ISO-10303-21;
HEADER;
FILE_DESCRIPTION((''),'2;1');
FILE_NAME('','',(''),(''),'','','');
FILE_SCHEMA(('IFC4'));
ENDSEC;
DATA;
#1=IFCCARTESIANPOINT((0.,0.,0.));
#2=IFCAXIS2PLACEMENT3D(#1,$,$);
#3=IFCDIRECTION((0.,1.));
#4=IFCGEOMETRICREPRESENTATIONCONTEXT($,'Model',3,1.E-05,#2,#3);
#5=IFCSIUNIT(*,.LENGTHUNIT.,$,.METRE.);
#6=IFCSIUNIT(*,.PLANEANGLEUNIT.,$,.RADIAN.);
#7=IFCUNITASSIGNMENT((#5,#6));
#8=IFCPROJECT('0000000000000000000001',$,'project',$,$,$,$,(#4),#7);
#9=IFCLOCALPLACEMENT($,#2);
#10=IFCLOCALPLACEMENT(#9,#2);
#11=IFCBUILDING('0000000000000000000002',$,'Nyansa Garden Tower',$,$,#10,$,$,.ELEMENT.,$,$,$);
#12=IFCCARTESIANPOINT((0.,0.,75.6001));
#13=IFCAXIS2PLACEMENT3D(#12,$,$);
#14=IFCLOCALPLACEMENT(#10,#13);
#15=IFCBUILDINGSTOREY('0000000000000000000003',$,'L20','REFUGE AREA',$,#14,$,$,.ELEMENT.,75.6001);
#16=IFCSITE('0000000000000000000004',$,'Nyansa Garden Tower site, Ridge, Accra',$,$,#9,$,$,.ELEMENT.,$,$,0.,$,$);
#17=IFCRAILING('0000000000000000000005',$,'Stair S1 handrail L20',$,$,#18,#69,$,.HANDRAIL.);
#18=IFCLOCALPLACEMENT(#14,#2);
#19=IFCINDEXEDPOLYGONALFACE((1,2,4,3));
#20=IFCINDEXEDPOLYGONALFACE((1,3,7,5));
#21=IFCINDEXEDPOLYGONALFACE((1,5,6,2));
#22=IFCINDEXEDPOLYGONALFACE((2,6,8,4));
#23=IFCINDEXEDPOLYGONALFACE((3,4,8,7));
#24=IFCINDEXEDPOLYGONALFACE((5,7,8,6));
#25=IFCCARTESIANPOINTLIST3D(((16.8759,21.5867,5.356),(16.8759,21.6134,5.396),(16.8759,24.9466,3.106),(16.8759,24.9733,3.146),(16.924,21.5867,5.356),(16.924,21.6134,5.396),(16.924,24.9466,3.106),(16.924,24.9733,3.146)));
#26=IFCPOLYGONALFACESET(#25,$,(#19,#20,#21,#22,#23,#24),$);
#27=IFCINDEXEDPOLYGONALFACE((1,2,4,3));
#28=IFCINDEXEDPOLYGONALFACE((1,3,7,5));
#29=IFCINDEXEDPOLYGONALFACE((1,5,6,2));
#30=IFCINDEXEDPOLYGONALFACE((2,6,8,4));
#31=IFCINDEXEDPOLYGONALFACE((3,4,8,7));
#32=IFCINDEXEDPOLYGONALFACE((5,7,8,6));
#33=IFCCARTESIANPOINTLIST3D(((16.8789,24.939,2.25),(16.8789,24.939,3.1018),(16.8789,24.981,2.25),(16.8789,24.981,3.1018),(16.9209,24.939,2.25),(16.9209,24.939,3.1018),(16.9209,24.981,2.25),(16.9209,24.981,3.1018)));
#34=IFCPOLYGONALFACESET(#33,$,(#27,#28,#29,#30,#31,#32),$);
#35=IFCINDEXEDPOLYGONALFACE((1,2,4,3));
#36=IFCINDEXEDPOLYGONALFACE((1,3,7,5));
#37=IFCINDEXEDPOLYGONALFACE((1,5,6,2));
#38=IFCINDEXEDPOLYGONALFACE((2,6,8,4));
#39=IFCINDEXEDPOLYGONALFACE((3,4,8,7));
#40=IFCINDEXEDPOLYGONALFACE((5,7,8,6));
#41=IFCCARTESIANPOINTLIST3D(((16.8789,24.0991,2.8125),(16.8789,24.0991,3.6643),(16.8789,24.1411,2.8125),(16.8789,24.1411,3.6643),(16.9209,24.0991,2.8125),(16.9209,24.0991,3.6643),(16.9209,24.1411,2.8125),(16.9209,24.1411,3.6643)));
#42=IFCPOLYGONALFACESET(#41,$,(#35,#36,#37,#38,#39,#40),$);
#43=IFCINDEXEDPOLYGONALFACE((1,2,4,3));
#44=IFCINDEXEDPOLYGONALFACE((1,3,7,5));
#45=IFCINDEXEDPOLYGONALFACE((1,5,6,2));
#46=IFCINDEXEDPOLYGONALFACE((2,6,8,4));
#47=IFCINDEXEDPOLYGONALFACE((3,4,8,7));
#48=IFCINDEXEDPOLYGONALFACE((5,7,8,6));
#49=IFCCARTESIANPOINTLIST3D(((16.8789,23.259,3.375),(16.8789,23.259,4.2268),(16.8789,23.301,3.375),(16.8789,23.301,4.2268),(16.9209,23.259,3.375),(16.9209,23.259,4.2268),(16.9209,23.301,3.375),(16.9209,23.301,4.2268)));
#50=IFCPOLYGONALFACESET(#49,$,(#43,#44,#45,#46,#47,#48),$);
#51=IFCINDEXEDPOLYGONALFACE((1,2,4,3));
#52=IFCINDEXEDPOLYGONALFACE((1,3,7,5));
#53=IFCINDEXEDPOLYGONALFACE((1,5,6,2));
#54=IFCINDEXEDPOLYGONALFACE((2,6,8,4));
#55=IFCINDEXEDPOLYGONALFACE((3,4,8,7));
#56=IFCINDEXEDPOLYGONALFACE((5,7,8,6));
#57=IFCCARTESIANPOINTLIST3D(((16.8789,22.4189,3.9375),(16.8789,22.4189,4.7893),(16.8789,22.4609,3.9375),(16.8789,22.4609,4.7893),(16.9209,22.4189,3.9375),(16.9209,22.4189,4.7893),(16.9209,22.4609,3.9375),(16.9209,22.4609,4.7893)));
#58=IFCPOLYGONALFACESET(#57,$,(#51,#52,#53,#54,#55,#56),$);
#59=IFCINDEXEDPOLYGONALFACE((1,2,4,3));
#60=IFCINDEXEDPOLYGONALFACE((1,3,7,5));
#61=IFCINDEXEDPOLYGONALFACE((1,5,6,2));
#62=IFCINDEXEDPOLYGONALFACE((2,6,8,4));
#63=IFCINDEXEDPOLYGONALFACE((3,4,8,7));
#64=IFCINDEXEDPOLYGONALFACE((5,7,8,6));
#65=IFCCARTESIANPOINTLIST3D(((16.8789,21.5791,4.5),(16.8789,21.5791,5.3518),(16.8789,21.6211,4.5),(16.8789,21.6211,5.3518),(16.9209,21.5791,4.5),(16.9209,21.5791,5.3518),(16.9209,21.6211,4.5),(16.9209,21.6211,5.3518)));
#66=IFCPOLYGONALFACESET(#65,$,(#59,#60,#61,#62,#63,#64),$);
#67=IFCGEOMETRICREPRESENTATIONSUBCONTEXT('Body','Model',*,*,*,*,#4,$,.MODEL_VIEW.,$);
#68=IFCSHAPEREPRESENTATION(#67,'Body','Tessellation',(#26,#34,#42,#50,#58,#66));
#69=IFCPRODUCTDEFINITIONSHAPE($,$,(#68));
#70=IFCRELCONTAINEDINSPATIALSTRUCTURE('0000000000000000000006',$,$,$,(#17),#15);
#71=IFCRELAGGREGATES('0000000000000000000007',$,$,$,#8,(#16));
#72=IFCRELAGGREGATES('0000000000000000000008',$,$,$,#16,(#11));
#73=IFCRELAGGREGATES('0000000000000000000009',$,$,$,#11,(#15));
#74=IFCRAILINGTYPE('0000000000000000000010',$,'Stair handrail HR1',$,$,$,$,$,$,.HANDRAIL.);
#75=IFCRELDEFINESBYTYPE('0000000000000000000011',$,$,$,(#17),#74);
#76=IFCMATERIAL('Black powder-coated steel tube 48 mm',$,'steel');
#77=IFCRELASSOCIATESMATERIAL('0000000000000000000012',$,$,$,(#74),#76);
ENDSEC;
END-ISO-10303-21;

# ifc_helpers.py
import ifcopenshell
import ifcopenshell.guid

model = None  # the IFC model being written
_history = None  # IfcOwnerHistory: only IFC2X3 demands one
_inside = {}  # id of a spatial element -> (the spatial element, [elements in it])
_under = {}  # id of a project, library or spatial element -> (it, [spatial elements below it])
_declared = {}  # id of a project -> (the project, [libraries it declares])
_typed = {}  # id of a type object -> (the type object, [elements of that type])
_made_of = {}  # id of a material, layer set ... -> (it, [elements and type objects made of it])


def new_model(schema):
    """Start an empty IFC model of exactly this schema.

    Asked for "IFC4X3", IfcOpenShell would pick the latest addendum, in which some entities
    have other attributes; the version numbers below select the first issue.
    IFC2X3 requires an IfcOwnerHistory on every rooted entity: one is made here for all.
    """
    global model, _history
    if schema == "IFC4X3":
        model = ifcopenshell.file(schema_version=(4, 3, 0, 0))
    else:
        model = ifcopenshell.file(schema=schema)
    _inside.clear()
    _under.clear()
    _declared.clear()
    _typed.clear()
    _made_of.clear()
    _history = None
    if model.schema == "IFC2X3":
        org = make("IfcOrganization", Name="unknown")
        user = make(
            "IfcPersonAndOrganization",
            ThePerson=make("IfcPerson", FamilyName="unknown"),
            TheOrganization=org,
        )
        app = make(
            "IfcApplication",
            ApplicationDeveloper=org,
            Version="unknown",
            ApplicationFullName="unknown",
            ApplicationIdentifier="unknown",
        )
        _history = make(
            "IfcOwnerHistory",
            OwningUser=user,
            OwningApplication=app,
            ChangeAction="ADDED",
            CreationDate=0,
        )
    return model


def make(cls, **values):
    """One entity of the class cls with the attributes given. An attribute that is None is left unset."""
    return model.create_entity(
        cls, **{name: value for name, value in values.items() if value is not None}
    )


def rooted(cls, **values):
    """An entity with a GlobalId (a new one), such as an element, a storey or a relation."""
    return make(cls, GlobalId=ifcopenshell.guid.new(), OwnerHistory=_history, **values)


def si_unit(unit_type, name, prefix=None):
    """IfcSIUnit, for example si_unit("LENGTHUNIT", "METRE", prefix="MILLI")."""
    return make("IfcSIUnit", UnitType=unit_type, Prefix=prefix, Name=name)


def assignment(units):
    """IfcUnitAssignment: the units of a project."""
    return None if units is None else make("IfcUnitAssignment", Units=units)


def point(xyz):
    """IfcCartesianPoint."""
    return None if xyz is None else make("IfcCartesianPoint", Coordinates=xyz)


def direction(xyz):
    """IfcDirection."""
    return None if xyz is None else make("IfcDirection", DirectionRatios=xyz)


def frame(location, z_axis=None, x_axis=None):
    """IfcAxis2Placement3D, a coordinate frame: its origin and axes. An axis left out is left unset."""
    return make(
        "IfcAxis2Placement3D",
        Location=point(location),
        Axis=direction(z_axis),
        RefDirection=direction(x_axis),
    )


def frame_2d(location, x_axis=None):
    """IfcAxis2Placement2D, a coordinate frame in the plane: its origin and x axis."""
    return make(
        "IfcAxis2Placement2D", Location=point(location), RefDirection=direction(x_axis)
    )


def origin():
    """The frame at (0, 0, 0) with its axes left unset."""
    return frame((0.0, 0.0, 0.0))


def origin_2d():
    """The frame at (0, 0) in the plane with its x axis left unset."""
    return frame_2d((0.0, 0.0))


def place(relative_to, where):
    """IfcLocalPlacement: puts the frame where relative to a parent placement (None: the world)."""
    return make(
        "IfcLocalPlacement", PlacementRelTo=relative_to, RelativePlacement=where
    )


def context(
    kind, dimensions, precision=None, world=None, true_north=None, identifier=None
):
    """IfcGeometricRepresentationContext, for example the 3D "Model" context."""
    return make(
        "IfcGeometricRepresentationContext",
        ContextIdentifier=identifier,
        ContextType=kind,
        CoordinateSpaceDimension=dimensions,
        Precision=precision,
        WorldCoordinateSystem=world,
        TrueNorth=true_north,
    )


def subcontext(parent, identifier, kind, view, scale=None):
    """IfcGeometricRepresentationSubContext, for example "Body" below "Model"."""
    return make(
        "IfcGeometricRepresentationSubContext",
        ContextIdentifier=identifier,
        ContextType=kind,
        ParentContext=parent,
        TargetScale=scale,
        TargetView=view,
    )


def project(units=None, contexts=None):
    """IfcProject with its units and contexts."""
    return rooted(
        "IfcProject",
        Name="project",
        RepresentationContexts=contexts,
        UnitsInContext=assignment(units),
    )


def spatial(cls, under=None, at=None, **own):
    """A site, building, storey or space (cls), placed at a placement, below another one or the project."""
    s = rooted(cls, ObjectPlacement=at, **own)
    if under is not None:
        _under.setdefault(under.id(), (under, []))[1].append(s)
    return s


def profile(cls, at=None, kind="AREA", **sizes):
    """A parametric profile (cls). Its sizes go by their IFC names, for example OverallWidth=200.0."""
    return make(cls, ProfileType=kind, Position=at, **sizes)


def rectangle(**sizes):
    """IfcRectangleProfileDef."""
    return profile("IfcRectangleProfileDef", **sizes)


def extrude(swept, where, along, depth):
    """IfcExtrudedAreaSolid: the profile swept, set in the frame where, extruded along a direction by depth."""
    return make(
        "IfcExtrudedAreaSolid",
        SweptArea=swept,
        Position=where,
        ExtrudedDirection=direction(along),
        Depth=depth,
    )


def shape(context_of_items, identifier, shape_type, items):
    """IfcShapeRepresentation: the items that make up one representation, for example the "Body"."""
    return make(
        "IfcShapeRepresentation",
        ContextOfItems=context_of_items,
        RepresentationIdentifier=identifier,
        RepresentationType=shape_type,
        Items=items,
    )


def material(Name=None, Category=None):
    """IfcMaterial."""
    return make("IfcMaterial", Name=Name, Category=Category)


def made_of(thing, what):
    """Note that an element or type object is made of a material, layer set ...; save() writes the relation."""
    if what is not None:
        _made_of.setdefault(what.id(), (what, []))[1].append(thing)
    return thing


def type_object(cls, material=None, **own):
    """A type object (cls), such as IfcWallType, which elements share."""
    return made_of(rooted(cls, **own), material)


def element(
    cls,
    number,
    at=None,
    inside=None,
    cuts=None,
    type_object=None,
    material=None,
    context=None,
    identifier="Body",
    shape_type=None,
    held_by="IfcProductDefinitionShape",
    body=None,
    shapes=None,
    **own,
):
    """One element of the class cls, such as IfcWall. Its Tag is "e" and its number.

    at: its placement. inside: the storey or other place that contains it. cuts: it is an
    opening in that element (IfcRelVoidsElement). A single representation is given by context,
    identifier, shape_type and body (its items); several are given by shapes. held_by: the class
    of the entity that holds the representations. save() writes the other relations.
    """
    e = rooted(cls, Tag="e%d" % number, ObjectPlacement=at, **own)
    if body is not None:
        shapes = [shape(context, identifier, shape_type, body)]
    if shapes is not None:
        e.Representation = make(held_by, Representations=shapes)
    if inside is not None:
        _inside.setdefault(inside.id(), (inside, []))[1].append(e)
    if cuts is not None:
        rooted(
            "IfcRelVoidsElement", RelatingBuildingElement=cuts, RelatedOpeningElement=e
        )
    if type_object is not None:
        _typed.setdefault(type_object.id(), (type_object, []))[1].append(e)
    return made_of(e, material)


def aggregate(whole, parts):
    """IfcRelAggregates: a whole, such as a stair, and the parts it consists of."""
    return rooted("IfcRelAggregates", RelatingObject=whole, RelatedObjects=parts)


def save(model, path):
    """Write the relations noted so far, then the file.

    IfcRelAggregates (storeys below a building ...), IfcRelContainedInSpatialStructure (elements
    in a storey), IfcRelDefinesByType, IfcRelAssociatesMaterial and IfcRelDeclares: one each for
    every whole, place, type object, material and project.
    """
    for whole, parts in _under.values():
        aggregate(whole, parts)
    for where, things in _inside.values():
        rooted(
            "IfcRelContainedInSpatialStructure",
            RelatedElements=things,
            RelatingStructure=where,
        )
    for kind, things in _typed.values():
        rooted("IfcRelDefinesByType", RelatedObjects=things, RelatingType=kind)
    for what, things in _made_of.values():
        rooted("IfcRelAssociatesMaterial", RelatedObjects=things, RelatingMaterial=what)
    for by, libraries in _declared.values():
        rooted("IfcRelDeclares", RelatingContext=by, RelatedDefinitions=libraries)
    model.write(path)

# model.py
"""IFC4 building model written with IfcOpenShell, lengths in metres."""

from ifc_helpers import new_model, si_unit, direction, frame, origin, origin_2d, place, context, subcontext, project, spatial, rectangle, extrude, material, type_object, element, save


model = new_model("IFC4")

# Units and contexts
model_context = context("Model", 3, precision=1e-05, world=origin(), true_north=direction((0.0, 1.0)))
body_context = subcontext(model_context, "Body", "Model", "MODEL_VIEW")
ifc_project = project(units=[si_unit("LENGTHUNIT", "METRE"), si_unit("PLANEANGLEUNIT", "RADIAN")], contexts=[model_context])

# Site, building, storey
site_placement = place(None, origin())
site = spatial("IfcSite", under=ifc_project, at=site_placement, Name="Nyansa Garden Tower site, Ridge, Accra", CompositionType="ELEMENT", RefElevation=0.0)
building_placement = place(site_placement, origin())
building = spatial("IfcBuilding", under=site, at=building_placement, Name="Nyansa Garden Tower", CompositionType="ELEMENT")
storey_placement = place(building_placement, frame((0.0, 0.0, 75.6001)))
storey = spatial("IfcBuildingStorey", under=building, at=storey_placement, Name="L20", Description="REFUGE AREA", CompositionType="ELEMENT", Elevation=75.6001)

# Railing
ifc_material_1 = material(Name="Black powder-coated steel tube 48 mm", Category="steel")
railing_type = type_object("IfcRailingType", Name="Stair handrail HR1", PredefinedType="HANDRAIL", material=ifc_material_1)
railing_1_placement = place(storey_placement, frame((16.8999, 24.96, 2.25)))
element("IfcRailing", 1, at=railing_1_placement, inside=storey, type_object=railing_type, Name="Stair S1 handrail L20", PredefinedType="HANDRAIL", context=body_context, shape_type="SweptSolid", body=[
    extrude(rectangle(XDim=0.0481, YDim=0.0481, at=origin_2d()), frame((0.0, 0.0, 0.876), z_axis=(0.0, -0.830897, 0.556427), x_axis=(1.0, 0.0, 0.0)), (0.0, 0.0, 1.0), 4.0437),
    extrude(rectangle(XDim=0.042, YDim=0.042, at=origin_2d()), origin(), (0.0, 0.0, 1.0), 0.8518),
    extrude(rectangle(XDim=0.042, YDim=0.042, at=origin_2d()), frame((0.0, -0.8398, 0.5625)), (0.0, 0.0, 1.0), 0.8518),
    extrude(rectangle(XDim=0.042, YDim=0.042, at=origin_2d()), frame((0.0, -1.6799, 1.125)), (0.0, 0.0, 1.0), 0.8518),
    extrude(rectangle(XDim=0.042, YDim=0.042, at=origin_2d()), frame((0.0, -2.52, 1.6875)), (0.0, 0.0, 1.0), 0.8518),
    extrude(rectangle(XDim=0.042, YDim=0.042, at=origin_2d()), frame((0.0, -3.3599, 2.25)), (0.0, 0.0, 1.0), 0.8518),
])

save(model, "model.ifc")
